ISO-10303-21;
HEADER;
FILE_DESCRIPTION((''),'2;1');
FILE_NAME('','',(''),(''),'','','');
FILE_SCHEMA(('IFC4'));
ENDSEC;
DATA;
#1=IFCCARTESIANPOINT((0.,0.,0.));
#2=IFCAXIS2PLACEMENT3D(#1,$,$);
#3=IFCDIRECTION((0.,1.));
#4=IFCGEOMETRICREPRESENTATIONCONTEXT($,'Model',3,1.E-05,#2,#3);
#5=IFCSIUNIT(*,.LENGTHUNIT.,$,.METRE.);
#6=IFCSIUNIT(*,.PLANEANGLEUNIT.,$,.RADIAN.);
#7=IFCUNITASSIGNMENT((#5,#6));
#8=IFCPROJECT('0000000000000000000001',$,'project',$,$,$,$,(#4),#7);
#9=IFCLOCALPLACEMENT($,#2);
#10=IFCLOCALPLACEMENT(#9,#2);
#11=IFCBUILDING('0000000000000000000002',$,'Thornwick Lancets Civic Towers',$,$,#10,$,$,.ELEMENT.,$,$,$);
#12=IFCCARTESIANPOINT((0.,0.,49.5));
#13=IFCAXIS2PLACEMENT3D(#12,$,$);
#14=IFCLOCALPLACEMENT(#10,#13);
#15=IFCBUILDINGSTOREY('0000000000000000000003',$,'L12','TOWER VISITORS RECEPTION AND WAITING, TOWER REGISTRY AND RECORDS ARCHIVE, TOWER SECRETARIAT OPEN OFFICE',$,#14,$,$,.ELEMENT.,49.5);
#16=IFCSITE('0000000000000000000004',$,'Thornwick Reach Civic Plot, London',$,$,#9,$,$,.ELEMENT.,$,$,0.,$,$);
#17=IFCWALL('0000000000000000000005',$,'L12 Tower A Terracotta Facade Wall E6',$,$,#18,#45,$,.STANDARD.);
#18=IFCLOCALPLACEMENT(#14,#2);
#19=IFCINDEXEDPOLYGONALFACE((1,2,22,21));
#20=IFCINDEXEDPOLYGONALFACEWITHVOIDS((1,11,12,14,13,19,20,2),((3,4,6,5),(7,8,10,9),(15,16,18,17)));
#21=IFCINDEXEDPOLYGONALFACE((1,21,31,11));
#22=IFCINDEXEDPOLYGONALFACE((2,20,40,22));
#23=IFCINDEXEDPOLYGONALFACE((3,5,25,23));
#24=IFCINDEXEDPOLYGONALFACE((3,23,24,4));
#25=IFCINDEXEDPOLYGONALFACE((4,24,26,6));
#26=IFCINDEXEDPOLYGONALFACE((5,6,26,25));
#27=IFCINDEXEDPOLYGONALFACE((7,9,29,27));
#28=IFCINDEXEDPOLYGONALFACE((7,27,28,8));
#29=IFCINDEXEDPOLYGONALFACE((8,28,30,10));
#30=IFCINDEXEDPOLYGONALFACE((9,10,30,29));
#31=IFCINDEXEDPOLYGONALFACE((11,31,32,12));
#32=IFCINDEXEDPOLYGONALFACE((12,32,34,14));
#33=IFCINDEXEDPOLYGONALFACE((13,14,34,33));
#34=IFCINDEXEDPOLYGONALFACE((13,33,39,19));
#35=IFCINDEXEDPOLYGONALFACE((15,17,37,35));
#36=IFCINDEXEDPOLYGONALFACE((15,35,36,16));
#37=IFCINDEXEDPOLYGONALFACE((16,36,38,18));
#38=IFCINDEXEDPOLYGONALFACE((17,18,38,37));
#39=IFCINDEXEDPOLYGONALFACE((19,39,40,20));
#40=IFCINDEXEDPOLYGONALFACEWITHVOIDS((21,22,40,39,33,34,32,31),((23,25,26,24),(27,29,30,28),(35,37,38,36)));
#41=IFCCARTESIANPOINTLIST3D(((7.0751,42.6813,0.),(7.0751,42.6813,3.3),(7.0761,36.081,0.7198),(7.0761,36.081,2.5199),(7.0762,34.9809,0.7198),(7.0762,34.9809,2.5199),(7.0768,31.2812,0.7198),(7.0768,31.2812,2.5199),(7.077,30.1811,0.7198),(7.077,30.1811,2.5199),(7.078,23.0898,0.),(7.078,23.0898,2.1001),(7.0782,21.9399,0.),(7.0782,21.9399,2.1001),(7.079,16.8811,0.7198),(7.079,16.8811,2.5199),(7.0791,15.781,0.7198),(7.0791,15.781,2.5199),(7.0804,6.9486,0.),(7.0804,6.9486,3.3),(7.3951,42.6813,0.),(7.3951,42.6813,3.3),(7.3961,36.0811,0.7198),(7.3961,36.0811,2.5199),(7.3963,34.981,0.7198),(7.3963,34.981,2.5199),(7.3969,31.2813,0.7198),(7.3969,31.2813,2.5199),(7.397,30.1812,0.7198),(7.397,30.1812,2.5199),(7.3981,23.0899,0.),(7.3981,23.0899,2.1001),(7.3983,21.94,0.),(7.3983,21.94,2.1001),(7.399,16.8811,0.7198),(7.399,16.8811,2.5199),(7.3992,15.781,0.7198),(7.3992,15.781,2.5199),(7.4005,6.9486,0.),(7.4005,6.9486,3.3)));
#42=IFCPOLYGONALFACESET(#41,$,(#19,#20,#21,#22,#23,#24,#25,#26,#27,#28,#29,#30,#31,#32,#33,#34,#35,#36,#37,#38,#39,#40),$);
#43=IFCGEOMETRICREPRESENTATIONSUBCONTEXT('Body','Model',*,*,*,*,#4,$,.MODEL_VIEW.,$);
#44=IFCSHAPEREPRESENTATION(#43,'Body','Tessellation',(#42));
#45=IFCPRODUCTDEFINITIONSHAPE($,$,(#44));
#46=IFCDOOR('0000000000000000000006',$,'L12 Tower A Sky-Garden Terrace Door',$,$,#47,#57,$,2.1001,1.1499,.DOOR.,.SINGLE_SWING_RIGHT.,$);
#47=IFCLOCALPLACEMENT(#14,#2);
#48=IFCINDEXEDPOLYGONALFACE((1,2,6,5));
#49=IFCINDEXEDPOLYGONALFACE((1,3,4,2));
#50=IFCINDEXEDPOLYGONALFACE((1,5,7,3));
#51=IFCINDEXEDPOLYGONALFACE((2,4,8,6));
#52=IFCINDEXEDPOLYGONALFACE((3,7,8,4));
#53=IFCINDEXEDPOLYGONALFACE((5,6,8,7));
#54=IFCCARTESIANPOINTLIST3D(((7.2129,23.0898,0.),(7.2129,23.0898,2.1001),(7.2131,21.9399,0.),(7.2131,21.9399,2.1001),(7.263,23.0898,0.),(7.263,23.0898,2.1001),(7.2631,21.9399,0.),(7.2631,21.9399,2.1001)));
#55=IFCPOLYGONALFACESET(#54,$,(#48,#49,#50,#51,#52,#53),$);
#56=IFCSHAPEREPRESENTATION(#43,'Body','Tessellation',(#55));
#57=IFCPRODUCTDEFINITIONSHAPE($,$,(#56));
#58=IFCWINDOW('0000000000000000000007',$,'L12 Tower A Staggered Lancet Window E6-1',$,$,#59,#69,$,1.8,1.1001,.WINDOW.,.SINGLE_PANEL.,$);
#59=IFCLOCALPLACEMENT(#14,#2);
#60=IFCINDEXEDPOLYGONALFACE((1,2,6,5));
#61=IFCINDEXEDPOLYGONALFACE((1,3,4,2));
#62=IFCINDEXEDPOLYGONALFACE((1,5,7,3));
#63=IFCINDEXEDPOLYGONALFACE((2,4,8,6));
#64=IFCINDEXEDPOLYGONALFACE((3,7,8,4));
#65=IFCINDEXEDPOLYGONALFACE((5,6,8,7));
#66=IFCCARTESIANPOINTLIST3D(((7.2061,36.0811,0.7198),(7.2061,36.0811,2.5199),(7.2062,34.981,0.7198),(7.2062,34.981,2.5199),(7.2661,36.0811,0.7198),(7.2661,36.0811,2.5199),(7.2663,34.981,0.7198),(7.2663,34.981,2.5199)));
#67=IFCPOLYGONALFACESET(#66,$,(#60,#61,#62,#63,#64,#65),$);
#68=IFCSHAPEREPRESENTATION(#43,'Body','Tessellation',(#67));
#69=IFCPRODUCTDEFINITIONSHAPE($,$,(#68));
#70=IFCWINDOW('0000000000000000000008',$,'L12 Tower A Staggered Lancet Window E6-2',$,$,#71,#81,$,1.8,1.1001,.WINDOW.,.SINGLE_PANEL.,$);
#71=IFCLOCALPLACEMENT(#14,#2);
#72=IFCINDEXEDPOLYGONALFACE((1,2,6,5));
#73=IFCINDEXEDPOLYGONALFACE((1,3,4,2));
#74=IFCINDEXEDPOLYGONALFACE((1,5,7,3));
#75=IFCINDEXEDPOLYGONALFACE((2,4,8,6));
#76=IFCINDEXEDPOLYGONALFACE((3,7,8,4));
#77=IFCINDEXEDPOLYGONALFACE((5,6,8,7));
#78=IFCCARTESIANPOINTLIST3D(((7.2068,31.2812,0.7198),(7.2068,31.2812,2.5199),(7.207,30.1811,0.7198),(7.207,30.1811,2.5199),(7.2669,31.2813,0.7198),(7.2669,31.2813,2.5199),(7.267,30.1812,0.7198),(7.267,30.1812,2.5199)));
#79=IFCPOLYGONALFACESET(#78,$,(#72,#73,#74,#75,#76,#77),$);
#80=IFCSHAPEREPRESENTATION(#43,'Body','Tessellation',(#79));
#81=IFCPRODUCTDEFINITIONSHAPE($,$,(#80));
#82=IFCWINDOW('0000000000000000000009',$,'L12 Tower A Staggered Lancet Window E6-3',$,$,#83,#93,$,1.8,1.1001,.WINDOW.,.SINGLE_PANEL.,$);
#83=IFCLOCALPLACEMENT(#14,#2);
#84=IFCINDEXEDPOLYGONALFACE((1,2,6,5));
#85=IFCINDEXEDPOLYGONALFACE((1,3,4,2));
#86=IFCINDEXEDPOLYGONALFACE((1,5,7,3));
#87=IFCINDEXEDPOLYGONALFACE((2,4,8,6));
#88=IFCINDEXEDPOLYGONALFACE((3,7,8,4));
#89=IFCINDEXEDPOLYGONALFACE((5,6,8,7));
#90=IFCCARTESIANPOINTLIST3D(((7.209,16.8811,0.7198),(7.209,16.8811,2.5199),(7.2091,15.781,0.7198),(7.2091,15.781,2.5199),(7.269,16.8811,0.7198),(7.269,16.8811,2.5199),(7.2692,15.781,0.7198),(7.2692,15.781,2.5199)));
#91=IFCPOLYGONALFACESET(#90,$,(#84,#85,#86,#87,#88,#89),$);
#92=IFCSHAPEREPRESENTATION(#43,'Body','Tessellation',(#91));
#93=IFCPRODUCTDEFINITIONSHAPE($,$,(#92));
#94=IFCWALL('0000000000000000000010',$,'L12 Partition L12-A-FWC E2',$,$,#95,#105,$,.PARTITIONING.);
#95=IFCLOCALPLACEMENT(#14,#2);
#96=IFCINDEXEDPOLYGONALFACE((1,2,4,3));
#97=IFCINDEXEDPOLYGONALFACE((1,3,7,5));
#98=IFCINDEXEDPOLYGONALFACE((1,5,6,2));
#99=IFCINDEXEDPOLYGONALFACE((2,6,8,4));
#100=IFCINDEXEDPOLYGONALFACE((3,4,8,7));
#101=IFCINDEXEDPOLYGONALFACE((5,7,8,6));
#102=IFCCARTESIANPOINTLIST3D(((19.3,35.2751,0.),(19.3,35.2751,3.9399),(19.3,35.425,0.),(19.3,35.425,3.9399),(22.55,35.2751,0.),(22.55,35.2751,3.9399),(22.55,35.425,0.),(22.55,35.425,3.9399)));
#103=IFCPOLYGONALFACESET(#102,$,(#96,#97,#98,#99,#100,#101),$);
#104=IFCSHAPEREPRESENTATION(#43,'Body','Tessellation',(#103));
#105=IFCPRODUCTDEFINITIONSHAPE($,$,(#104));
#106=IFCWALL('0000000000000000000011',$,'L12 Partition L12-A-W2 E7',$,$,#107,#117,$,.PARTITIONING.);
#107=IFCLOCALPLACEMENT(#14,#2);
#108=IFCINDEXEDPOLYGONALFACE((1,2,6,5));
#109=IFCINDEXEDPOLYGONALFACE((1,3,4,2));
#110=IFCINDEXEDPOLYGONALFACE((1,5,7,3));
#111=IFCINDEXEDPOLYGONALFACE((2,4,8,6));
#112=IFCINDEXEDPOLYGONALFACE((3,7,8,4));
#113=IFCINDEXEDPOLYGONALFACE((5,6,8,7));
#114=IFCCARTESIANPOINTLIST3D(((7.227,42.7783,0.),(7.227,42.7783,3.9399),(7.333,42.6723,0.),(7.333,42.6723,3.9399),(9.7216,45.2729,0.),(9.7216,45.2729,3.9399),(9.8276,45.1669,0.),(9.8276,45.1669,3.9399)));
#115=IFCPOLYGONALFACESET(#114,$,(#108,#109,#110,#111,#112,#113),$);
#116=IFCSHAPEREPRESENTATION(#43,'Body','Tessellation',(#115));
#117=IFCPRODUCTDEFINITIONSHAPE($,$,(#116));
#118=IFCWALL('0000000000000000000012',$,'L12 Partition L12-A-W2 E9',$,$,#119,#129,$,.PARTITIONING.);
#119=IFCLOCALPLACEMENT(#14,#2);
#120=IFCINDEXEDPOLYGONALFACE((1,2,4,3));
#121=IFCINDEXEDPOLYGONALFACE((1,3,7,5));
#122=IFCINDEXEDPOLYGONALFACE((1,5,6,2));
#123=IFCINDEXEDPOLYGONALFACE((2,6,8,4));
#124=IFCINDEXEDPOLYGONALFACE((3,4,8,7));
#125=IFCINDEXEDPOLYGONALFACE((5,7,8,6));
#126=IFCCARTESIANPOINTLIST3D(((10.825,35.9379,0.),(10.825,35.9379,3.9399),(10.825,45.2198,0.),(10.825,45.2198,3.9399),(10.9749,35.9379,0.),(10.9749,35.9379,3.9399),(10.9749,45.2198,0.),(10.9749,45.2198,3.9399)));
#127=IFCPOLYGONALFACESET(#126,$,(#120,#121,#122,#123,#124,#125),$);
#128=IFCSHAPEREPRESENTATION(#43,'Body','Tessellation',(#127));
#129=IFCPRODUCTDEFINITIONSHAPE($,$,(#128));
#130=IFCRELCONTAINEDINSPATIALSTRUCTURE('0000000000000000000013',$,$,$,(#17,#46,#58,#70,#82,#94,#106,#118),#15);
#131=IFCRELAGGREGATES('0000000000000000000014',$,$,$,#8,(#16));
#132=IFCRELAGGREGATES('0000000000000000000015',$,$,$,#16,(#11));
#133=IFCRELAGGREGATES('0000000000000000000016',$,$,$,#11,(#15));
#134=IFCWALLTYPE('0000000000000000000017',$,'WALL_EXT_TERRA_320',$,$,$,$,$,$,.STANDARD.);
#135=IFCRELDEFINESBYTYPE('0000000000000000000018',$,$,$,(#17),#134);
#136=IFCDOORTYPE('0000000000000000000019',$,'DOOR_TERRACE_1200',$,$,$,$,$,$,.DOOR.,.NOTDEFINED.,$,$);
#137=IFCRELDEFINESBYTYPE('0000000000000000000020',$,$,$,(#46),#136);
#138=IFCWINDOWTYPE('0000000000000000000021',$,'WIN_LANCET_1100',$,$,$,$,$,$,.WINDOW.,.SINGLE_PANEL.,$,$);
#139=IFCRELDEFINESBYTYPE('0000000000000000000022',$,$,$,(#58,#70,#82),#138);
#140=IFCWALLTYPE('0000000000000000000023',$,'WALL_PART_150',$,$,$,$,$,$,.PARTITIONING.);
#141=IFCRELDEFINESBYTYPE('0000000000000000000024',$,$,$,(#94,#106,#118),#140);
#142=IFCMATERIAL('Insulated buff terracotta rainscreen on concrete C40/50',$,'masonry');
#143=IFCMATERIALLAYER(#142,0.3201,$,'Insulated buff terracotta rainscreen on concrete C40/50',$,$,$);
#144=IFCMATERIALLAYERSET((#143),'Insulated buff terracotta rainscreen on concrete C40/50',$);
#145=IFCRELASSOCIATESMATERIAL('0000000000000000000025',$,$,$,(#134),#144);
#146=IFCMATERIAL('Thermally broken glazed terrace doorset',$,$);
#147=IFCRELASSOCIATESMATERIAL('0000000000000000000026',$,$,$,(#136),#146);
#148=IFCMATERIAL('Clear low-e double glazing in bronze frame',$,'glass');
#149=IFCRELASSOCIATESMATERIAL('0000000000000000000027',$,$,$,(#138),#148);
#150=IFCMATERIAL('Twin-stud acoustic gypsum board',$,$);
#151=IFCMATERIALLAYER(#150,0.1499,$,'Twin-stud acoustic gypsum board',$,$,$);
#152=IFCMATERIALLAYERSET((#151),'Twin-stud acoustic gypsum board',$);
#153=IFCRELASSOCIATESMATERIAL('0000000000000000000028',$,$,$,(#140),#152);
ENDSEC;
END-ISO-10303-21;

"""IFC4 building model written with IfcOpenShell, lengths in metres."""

from ifc_helpers import new_model, si_unit, direction, frame, frame_2d, origin, place, context, subcontext, project, spatial, rectangle, extrude, material, layer, layer_set, type_object, element, fill, save


model = new_model("IFC4")

# Units and contexts
model_context = context("Model", 3, precision=1e-05, world=origin(), true_north=direction((0.0, 1.0)))
body_context = subcontext(model_context, "Body", "Model", "MODEL_VIEW")
ifc_project = project(units=[si_unit("LENGTHUNIT", "METRE"), si_unit("PLANEANGLEUNIT", "RADIAN")], contexts=[model_context])

# Site, building, storey
site_placement = place(None, origin())
site = spatial("IfcSite", under=ifc_project, at=site_placement, Name="Thornwick Reach Civic Plot, London", CompositionType="ELEMENT", RefElevation=0.0)
building_placement = place(site_placement, origin())
building = spatial("IfcBuilding", under=site, at=building_placement, Name="Thornwick Lancets Civic Towers", CompositionType="ELEMENT")
storey_placement = place(building_placement, frame((0.0, 0.0, 49.5)))
storey = spatial("IfcBuildingStorey", under=building, at=storey_placement, Name="L12", Description="TOWER VISITORS RECEPTION AND WAITING, TOWER REGISTRY AND RECORDS ARCHIVE, TOWER SECRETARIAT OPEN OFFICE", CompositionType="ELEMENT", Elevation=49.5)

# Wall, openings, door, windows
ifc_material_1 = material(Name="Insulated buff terracotta rainscreen on concrete C40/50", Category="masonry")
ifc_layer_1 = layer(ifc_material_1, 0.3201, Name="Insulated buff terracotta rainscreen on concrete C40/50")
ifc_layer_set_1 = layer_set([ifc_layer_1], Name="Insulated buff terracotta rainscreen on concrete C40/50")
wall_type_1 = type_object("IfcWallType", Name="WALL_EXT_TERRA_320", PredefinedType="STANDARD", material=ifc_layer_set_1)
wall_1_placement = place(storey_placement, frame((7.2351, 42.6812, 0.0), z_axis=(0.0, 0.0, 1.0), x_axis=(0.00015, -1.0, 0.0)))
wall_1 = element("IfcWall", 1, at=wall_1_placement, inside=storey, type_object=wall_type_1, Name="L12 Tower A Terracotta Facade Wall E6", PredefinedType="STANDARD", context=body_context, shape_type="SweptSolid", body=[
    extrude(rectangle(XDim=35.7327, YDim=0.3201, at=frame_2d((17.8662, 0.0))), origin(), (0.0, 0.0, 1.0), 3.3),
])
opening_1_placement = place(wall_1_placement, frame((19.5913, 0.0, 0.0)))
opening_1 = element("IfcOpeningElement", 2, at=opening_1_placement, cuts=wall_1, PredefinedType="OPENING", context=body_context, shape_type="SweptSolid", body=[
    extrude(rectangle(XDim=1.1499, YDim=2.1001, at=frame_2d((0.575, 1.05))), frame((0.0, 0.1699, 0.0), z_axis=(0.0, -1.0, 0.0), x_axis=(1.0, 0.0, 0.0)), (0.0, 0.0, 1.0), 0.3401),
])
opening_2_placement = place(wall_1_placement, frame((6.6001, 0.0, 0.72)))
opening_2 = element("IfcOpeningElement", 3, at=opening_2_placement, cuts=wall_1, PredefinedType="OPENING", context=body_context, shape_type="SweptSolid", body=[
    extrude(rectangle(XDim=1.1001, YDim=1.8, at=frame_2d((0.55, 0.8999))), frame((0.0, 0.1699, 0.0), z_axis=(0.0, -1.0, 0.0), x_axis=(1.0, 0.0, 0.0)), (0.0, 0.0, 1.0), 0.3401),
])
opening_3_placement = place(wall_1_placement, frame((11.3999, 0.0, 0.72)))
opening_3 = element("IfcOpeningElement", 4, at=opening_3_placement, cuts=wall_1, PredefinedType="OPENING", context=body_context, shape_type="SweptSolid", body=[
    extrude(rectangle(XDim=1.1001, YDim=1.8, at=frame_2d((0.55, 0.8999))), frame((0.0, 0.1699, 0.0), z_axis=(0.0, -1.0, 0.0), x_axis=(1.0, 0.0, 0.0)), (0.0, 0.0, 1.0), 0.3401),
])
opening_4_placement = place(wall_1_placement, frame((25.8, 0.0, 0.72)))
opening_4 = element("IfcOpeningElement", 5, at=opening_4_placement, cuts=wall_1, PredefinedType="OPENING", context=body_context, shape_type="SweptSolid", body=[
    extrude(rectangle(XDim=1.1001, YDim=1.8, at=frame_2d((0.55, 0.8999))), frame((0.0, 0.1699, 0.0), z_axis=(0.0, -1.0, 0.0), x_axis=(1.0, 0.0, 0.0)), (0.0, 0.0, 1.0), 0.3401),
])
ifc_material_2 = material(Name="Thermally broken glazed terrace doorset")
door_type = type_object("IfcDoorType", Name="DOOR_TERRACE_1200", OperationType="NOTDEFINED", PredefinedType="DOOR", material=ifc_material_2)
door_placement = place(opening_1_placement, origin())
door = element("IfcDoor", 6, at=door_placement, inside=storey, type_object=door_type, Name="L12 Tower A Sky-Garden Terrace Door", OperationType="SINGLE_SWING_RIGHT", OverallHeight=2.1001, OverallWidth=1.1499, PredefinedType="DOOR", context=body_context, shape_type="SweptSolid", body=[
    extrude(rectangle(XDim=1.1499, YDim=2.1001, at=frame_2d((0.575, 1.05))), frame((0.0, 0.0249, 0.0), z_axis=(0.0, -1.0, 0.0), x_axis=(1.0, 0.0, 0.0)), (0.0, 0.0, 1.0), 0.05),
])
fill(opening_1, door)
ifc_material_3 = material(Name="Clear low-e double glazing in bronze frame", Category="glass")
window_type = type_object("IfcWindowType", Name="WIN_LANCET_1100", PartitioningType="SINGLE_PANEL", PredefinedType="WINDOW", material=ifc_material_3)
window_1_placement = place(opening_2_placement, origin())
window_1 = element("IfcWindow", 7, at=window_1_placement, inside=storey, type_object=window_type, Name="L12 Tower A Staggered Lancet Window E6-1", OverallHeight=1.8, OverallWidth=1.1001, PartitioningType="SINGLE_PANEL", PredefinedType="WINDOW", context=body_context, shape_type="SweptSolid", body=[
    extrude(rectangle(XDim=1.1001, YDim=1.8, at=frame_2d((0.55, 0.8999))), frame((0.0, 0.03, 0.0), z_axis=(0.0, -1.0, 0.0), x_axis=(1.0, 0.0, 0.0)), (0.0, 0.0, 1.0), 0.0601),
])
fill(opening_2, window_1)
window_2_placement = place(opening_3_placement, origin())
window_2 = element("IfcWindow", 8, at=window_2_placement, inside=storey, type_object=window_type, Name="L12 Tower A Staggered Lancet Window E6-2", OverallHeight=1.8, OverallWidth=1.1001, PartitioningType="SINGLE_PANEL", PredefinedType="WINDOW", context=body_context, shape_type="SweptSolid", body=[
    extrude(rectangle(XDim=1.1001, YDim=1.8, at=frame_2d((0.55, 0.8999))), frame((0.0, 0.03, 0.0), z_axis=(0.0, -1.0, 0.0), x_axis=(1.0, 0.0, 0.0)), (0.0, 0.0, 1.0), 0.0601),
])
fill(opening_3, window_2)
window_3_placement = place(opening_4_placement, origin())
window_3 = element("IfcWindow", 9, at=window_3_placement, inside=storey, type_object=window_type, Name="L12 Tower A Staggered Lancet Window E6-3", OverallHeight=1.8, OverallWidth=1.1001, PartitioningType="SINGLE_PANEL", PredefinedType="WINDOW", context=body_context, shape_type="SweptSolid", body=[
    extrude(rectangle(XDim=1.1001, YDim=1.8, at=frame_2d((0.55, 0.8999))), frame((0.0, 0.03, 0.0), z_axis=(0.0, -1.0, 0.0), x_axis=(1.0, 0.0, 0.0)), (0.0, 0.0, 1.0), 0.0601),
])
fill(opening_4, window_3)

# Walls
ifc_material_4 = material(Name="Twin-stud acoustic gypsum board")
ifc_layer_2 = layer(ifc_material_4, 0.1499, Name="Twin-stud acoustic gypsum board")
ifc_layer_set_2 = layer_set([ifc_layer_2], Name="Twin-stud acoustic gypsum board")
wall_type_2 = type_object("IfcWallType", Name="WALL_PART_150", PredefinedType="PARTITIONING", material=ifc_layer_set_2)
wall_2_placement = place(storey_placement, frame((19.3, 35.3501, 0.0), z_axis=(0.0, 0.0, 1.0), x_axis=(1.0, 0.0, 0.0)))
element("IfcWall", 10, at=wall_2_placement, inside=storey, type_object=wall_type_2, Name="L12 Partition L12-A-FWC E2", PredefinedType="PARTITIONING", context=body_context, shape_type="SweptSolid", body=[
    extrude(rectangle(XDim=3.25, YDim=0.1499, at=frame_2d((1.625, 0.0))), origin(), (0.0, 0.0, 1.0), 3.9399),
])
wall_3_placement = place(storey_placement, frame((7.28, 42.7253, 0.0), z_axis=(0.0, 0.0, 1.0), x_axis=(0.707107, 0.707107, 0.0)))
element("IfcWall", 11, at=wall_3_placement, inside=storey, type_object=wall_type_2, Name="L12 Partition L12-A-W2 E7", PredefinedType="PARTITIONING", context=body_context, shape_type="SweptSolid", body=[
    extrude(rectangle(XDim=3.5278, YDim=0.1499, at=frame_2d((1.7639, 0.0))), origin(), (0.0, 0.0, 1.0), 3.9399),
])
wall_4_placement = place(storey_placement, frame((10.8999, 45.22, 0.0), z_axis=(0.0, 0.0, 1.0), x_axis=(0.0, -1.0, 0.0)))
element("IfcWall", 12, at=wall_4_placement, inside=storey, type_object=wall_type_2, Name="L12 Partition L12-A-W2 E9", PredefinedType="PARTITIONING", context=body_context, shape_type="SweptSolid", body=[
    extrude(rectangle(XDim=9.282, YDim=0.1499, at=frame_2d((4.6411, 0.0))), origin(), (0.0, 0.0, 1.0), 3.9399),
])

save(model, "model.ifc")
